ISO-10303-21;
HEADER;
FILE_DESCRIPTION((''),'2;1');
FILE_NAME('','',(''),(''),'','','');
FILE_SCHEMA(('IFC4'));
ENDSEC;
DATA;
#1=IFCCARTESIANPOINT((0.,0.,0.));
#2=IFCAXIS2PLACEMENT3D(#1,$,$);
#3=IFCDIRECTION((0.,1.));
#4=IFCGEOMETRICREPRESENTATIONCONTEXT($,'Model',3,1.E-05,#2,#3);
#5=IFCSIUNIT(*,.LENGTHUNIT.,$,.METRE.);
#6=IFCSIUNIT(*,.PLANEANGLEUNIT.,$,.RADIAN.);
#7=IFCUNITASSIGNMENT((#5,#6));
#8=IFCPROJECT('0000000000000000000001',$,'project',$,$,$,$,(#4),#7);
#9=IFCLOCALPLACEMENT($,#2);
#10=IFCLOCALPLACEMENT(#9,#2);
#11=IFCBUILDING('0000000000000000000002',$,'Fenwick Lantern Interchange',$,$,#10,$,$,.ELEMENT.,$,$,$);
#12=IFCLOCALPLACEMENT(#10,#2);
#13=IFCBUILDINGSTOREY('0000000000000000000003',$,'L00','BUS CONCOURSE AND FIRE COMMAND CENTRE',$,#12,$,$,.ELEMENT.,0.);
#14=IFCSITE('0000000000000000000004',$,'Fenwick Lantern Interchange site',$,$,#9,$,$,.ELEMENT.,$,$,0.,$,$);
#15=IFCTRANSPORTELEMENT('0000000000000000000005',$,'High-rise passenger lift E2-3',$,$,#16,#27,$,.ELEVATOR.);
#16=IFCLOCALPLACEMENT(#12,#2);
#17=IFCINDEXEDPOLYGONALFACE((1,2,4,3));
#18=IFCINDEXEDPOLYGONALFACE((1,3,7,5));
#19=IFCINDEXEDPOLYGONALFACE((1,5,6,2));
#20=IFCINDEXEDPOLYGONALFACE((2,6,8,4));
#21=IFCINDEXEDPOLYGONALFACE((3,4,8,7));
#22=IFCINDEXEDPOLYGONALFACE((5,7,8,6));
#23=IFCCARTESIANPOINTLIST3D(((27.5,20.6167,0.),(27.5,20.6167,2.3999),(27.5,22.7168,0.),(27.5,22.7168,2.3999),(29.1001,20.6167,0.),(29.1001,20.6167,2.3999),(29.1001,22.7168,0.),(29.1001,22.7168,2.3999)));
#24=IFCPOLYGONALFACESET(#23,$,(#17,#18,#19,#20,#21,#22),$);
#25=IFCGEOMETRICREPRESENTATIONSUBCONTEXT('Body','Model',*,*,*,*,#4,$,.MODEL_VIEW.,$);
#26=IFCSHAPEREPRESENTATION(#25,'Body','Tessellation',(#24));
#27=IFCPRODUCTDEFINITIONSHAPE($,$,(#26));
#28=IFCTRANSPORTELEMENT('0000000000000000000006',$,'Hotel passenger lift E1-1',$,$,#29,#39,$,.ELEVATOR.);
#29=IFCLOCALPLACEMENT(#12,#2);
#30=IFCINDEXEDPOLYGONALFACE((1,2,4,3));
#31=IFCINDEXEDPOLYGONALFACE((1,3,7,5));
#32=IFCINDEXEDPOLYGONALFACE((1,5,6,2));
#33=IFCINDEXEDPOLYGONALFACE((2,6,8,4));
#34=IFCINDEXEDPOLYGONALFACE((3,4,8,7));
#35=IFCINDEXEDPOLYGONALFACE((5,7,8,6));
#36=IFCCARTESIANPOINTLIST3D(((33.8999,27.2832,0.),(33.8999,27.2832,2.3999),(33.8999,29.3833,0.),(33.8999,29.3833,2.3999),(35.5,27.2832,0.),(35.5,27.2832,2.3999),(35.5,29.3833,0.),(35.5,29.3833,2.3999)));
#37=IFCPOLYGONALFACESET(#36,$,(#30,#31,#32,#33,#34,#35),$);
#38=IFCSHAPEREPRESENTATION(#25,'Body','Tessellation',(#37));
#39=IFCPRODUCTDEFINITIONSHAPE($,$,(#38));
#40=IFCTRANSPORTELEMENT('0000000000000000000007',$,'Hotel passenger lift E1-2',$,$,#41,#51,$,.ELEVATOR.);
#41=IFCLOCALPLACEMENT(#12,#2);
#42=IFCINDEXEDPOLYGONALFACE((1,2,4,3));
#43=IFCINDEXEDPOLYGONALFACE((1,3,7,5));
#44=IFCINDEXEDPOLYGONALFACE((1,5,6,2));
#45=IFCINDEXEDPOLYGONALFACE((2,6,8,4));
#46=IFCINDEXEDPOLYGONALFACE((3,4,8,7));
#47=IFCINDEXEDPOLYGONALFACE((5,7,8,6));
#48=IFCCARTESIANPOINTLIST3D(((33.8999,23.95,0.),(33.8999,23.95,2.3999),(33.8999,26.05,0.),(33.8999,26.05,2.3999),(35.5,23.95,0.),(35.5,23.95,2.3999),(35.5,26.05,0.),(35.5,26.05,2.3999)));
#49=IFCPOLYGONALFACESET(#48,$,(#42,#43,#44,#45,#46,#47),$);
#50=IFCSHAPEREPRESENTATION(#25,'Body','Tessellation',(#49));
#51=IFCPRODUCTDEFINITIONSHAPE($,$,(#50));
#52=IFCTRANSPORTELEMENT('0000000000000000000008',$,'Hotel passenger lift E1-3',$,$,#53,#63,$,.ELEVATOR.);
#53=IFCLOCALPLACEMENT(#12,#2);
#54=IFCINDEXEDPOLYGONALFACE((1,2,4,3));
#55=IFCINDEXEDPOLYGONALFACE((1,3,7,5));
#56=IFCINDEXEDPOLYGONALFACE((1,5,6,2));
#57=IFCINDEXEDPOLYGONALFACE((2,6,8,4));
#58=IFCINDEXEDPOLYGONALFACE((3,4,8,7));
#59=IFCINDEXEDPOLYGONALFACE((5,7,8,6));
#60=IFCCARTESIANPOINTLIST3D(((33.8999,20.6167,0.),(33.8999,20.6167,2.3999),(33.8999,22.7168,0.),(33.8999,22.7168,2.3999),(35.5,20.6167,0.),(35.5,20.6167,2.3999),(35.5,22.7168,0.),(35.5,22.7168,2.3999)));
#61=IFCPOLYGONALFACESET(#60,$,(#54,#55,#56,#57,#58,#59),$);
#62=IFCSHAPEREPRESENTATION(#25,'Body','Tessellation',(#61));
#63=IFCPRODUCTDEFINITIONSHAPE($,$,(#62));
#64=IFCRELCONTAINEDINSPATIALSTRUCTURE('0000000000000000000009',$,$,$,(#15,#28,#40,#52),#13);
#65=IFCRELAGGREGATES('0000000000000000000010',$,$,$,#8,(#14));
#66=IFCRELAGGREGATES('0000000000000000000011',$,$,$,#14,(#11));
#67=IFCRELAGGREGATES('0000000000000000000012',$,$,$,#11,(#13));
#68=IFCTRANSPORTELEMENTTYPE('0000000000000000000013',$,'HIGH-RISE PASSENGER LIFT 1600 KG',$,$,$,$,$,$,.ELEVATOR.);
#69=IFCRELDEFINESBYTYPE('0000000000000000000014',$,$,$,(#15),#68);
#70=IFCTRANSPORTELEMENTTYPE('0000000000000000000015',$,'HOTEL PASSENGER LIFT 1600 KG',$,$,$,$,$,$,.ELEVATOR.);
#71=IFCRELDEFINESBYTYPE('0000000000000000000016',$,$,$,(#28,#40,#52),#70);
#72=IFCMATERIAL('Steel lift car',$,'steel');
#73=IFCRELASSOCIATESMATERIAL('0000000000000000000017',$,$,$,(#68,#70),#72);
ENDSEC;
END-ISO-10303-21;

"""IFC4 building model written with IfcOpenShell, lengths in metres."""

from ifc_helpers import new_model, si_unit, direction, frame, origin, origin_2d, place, context, subcontext, project, spatial, rectangle, extrude, material, type_object, element, save


model = new_model("IFC4")

# Units and contexts
model_context = context("Model", 3, precision=1e-05, world=origin(), true_north=direction((0.0, 1.0)))
body_context = subcontext(model_context, "Body", "Model", "MODEL_VIEW")
ifc_project = project(units=[si_unit("LENGTHUNIT", "METRE"), si_unit("PLANEANGLEUNIT", "RADIAN")], contexts=[model_context])

# Site, building, storey
site_placement = place(None, origin())
site = spatial("IfcSite", under=ifc_project, at=site_placement, Name="Fenwick Lantern Interchange site", CompositionType="ELEMENT", RefElevation=0.0)
building_placement = place(site_placement, origin())
building = spatial("IfcBuilding", under=site, at=building_placement, Name="Fenwick Lantern Interchange", CompositionType="ELEMENT")
storey_placement = place(building_placement, origin())
storey = spatial("IfcBuildingStorey", under=building, at=storey_placement, Name="L00", Description="BUS CONCOURSE AND FIRE COMMAND CENTRE", CompositionType="ELEMENT", Elevation=0.0)

# Transport elements
ifc_material_1 = material(Name="Steel lift car", Category="steel")
transport_element_type_1 = type_object("IfcTransportElementType", Name="HIGH-RISE PASSENGER LIFT 1600 KG", PredefinedType="ELEVATOR", material=ifc_material_1)
for number, where, z_axis, x_axis, name in (
    (1, (28.3, 21.6667, 0.0), (0.0, 0.0, 1.0), (1.0, 0.0, 0.0), "High-rise passenger lift E2-3"),
):
    element("IfcTransportElement", number, at=place(storey_placement, frame(where, z_axis=z_axis, x_axis=x_axis)), inside=storey, type_object=transport_element_type_1, Name=name, PredefinedType="ELEVATOR", context=body_context, shape_type="SweptSolid", body=[
        extrude(rectangle(XDim=1.6001, YDim=2.1001, at=origin_2d()), origin(), (0.0, 0.0, 1.0), 2.3999),
    ])
transport_element_type_2 = type_object("IfcTransportElementType", Name="HOTEL PASSENGER LIFT 1600 KG", PredefinedType="ELEVATOR", material=ifc_material_1)
for number, where, z_axis, x_axis, name in (
    (2, (34.7, 28.3333, 0.0), (0.0, 0.0, 1.0), (1.0, 0.0, 0.0), "Hotel passenger lift E1-1"),
    (3, (34.7, 25.0, 0.0), (0.0, 0.0, 1.0), (1.0, 0.0, 0.0), "Hotel passenger lift E1-2"),
    (4, (34.7, 21.6667, 0.0), (0.0, 0.0, 1.0), (1.0, 0.0, 0.0), "Hotel passenger lift E1-3"),
):
    element("IfcTransportElement", number, at=place(storey_placement, frame(where, z_axis=z_axis, x_axis=x_axis)), inside=storey, type_object=transport_element_type_2, Name=name, PredefinedType="ELEVATOR", context=body_context, shape_type="SweptSolid", body=[
        extrude(rectangle(XDim=1.6001, YDim=2.1001, at=origin_2d()), origin(), (0.0, 0.0, 1.0), 2.3999),
    ])

save(model, "model.ifc")
